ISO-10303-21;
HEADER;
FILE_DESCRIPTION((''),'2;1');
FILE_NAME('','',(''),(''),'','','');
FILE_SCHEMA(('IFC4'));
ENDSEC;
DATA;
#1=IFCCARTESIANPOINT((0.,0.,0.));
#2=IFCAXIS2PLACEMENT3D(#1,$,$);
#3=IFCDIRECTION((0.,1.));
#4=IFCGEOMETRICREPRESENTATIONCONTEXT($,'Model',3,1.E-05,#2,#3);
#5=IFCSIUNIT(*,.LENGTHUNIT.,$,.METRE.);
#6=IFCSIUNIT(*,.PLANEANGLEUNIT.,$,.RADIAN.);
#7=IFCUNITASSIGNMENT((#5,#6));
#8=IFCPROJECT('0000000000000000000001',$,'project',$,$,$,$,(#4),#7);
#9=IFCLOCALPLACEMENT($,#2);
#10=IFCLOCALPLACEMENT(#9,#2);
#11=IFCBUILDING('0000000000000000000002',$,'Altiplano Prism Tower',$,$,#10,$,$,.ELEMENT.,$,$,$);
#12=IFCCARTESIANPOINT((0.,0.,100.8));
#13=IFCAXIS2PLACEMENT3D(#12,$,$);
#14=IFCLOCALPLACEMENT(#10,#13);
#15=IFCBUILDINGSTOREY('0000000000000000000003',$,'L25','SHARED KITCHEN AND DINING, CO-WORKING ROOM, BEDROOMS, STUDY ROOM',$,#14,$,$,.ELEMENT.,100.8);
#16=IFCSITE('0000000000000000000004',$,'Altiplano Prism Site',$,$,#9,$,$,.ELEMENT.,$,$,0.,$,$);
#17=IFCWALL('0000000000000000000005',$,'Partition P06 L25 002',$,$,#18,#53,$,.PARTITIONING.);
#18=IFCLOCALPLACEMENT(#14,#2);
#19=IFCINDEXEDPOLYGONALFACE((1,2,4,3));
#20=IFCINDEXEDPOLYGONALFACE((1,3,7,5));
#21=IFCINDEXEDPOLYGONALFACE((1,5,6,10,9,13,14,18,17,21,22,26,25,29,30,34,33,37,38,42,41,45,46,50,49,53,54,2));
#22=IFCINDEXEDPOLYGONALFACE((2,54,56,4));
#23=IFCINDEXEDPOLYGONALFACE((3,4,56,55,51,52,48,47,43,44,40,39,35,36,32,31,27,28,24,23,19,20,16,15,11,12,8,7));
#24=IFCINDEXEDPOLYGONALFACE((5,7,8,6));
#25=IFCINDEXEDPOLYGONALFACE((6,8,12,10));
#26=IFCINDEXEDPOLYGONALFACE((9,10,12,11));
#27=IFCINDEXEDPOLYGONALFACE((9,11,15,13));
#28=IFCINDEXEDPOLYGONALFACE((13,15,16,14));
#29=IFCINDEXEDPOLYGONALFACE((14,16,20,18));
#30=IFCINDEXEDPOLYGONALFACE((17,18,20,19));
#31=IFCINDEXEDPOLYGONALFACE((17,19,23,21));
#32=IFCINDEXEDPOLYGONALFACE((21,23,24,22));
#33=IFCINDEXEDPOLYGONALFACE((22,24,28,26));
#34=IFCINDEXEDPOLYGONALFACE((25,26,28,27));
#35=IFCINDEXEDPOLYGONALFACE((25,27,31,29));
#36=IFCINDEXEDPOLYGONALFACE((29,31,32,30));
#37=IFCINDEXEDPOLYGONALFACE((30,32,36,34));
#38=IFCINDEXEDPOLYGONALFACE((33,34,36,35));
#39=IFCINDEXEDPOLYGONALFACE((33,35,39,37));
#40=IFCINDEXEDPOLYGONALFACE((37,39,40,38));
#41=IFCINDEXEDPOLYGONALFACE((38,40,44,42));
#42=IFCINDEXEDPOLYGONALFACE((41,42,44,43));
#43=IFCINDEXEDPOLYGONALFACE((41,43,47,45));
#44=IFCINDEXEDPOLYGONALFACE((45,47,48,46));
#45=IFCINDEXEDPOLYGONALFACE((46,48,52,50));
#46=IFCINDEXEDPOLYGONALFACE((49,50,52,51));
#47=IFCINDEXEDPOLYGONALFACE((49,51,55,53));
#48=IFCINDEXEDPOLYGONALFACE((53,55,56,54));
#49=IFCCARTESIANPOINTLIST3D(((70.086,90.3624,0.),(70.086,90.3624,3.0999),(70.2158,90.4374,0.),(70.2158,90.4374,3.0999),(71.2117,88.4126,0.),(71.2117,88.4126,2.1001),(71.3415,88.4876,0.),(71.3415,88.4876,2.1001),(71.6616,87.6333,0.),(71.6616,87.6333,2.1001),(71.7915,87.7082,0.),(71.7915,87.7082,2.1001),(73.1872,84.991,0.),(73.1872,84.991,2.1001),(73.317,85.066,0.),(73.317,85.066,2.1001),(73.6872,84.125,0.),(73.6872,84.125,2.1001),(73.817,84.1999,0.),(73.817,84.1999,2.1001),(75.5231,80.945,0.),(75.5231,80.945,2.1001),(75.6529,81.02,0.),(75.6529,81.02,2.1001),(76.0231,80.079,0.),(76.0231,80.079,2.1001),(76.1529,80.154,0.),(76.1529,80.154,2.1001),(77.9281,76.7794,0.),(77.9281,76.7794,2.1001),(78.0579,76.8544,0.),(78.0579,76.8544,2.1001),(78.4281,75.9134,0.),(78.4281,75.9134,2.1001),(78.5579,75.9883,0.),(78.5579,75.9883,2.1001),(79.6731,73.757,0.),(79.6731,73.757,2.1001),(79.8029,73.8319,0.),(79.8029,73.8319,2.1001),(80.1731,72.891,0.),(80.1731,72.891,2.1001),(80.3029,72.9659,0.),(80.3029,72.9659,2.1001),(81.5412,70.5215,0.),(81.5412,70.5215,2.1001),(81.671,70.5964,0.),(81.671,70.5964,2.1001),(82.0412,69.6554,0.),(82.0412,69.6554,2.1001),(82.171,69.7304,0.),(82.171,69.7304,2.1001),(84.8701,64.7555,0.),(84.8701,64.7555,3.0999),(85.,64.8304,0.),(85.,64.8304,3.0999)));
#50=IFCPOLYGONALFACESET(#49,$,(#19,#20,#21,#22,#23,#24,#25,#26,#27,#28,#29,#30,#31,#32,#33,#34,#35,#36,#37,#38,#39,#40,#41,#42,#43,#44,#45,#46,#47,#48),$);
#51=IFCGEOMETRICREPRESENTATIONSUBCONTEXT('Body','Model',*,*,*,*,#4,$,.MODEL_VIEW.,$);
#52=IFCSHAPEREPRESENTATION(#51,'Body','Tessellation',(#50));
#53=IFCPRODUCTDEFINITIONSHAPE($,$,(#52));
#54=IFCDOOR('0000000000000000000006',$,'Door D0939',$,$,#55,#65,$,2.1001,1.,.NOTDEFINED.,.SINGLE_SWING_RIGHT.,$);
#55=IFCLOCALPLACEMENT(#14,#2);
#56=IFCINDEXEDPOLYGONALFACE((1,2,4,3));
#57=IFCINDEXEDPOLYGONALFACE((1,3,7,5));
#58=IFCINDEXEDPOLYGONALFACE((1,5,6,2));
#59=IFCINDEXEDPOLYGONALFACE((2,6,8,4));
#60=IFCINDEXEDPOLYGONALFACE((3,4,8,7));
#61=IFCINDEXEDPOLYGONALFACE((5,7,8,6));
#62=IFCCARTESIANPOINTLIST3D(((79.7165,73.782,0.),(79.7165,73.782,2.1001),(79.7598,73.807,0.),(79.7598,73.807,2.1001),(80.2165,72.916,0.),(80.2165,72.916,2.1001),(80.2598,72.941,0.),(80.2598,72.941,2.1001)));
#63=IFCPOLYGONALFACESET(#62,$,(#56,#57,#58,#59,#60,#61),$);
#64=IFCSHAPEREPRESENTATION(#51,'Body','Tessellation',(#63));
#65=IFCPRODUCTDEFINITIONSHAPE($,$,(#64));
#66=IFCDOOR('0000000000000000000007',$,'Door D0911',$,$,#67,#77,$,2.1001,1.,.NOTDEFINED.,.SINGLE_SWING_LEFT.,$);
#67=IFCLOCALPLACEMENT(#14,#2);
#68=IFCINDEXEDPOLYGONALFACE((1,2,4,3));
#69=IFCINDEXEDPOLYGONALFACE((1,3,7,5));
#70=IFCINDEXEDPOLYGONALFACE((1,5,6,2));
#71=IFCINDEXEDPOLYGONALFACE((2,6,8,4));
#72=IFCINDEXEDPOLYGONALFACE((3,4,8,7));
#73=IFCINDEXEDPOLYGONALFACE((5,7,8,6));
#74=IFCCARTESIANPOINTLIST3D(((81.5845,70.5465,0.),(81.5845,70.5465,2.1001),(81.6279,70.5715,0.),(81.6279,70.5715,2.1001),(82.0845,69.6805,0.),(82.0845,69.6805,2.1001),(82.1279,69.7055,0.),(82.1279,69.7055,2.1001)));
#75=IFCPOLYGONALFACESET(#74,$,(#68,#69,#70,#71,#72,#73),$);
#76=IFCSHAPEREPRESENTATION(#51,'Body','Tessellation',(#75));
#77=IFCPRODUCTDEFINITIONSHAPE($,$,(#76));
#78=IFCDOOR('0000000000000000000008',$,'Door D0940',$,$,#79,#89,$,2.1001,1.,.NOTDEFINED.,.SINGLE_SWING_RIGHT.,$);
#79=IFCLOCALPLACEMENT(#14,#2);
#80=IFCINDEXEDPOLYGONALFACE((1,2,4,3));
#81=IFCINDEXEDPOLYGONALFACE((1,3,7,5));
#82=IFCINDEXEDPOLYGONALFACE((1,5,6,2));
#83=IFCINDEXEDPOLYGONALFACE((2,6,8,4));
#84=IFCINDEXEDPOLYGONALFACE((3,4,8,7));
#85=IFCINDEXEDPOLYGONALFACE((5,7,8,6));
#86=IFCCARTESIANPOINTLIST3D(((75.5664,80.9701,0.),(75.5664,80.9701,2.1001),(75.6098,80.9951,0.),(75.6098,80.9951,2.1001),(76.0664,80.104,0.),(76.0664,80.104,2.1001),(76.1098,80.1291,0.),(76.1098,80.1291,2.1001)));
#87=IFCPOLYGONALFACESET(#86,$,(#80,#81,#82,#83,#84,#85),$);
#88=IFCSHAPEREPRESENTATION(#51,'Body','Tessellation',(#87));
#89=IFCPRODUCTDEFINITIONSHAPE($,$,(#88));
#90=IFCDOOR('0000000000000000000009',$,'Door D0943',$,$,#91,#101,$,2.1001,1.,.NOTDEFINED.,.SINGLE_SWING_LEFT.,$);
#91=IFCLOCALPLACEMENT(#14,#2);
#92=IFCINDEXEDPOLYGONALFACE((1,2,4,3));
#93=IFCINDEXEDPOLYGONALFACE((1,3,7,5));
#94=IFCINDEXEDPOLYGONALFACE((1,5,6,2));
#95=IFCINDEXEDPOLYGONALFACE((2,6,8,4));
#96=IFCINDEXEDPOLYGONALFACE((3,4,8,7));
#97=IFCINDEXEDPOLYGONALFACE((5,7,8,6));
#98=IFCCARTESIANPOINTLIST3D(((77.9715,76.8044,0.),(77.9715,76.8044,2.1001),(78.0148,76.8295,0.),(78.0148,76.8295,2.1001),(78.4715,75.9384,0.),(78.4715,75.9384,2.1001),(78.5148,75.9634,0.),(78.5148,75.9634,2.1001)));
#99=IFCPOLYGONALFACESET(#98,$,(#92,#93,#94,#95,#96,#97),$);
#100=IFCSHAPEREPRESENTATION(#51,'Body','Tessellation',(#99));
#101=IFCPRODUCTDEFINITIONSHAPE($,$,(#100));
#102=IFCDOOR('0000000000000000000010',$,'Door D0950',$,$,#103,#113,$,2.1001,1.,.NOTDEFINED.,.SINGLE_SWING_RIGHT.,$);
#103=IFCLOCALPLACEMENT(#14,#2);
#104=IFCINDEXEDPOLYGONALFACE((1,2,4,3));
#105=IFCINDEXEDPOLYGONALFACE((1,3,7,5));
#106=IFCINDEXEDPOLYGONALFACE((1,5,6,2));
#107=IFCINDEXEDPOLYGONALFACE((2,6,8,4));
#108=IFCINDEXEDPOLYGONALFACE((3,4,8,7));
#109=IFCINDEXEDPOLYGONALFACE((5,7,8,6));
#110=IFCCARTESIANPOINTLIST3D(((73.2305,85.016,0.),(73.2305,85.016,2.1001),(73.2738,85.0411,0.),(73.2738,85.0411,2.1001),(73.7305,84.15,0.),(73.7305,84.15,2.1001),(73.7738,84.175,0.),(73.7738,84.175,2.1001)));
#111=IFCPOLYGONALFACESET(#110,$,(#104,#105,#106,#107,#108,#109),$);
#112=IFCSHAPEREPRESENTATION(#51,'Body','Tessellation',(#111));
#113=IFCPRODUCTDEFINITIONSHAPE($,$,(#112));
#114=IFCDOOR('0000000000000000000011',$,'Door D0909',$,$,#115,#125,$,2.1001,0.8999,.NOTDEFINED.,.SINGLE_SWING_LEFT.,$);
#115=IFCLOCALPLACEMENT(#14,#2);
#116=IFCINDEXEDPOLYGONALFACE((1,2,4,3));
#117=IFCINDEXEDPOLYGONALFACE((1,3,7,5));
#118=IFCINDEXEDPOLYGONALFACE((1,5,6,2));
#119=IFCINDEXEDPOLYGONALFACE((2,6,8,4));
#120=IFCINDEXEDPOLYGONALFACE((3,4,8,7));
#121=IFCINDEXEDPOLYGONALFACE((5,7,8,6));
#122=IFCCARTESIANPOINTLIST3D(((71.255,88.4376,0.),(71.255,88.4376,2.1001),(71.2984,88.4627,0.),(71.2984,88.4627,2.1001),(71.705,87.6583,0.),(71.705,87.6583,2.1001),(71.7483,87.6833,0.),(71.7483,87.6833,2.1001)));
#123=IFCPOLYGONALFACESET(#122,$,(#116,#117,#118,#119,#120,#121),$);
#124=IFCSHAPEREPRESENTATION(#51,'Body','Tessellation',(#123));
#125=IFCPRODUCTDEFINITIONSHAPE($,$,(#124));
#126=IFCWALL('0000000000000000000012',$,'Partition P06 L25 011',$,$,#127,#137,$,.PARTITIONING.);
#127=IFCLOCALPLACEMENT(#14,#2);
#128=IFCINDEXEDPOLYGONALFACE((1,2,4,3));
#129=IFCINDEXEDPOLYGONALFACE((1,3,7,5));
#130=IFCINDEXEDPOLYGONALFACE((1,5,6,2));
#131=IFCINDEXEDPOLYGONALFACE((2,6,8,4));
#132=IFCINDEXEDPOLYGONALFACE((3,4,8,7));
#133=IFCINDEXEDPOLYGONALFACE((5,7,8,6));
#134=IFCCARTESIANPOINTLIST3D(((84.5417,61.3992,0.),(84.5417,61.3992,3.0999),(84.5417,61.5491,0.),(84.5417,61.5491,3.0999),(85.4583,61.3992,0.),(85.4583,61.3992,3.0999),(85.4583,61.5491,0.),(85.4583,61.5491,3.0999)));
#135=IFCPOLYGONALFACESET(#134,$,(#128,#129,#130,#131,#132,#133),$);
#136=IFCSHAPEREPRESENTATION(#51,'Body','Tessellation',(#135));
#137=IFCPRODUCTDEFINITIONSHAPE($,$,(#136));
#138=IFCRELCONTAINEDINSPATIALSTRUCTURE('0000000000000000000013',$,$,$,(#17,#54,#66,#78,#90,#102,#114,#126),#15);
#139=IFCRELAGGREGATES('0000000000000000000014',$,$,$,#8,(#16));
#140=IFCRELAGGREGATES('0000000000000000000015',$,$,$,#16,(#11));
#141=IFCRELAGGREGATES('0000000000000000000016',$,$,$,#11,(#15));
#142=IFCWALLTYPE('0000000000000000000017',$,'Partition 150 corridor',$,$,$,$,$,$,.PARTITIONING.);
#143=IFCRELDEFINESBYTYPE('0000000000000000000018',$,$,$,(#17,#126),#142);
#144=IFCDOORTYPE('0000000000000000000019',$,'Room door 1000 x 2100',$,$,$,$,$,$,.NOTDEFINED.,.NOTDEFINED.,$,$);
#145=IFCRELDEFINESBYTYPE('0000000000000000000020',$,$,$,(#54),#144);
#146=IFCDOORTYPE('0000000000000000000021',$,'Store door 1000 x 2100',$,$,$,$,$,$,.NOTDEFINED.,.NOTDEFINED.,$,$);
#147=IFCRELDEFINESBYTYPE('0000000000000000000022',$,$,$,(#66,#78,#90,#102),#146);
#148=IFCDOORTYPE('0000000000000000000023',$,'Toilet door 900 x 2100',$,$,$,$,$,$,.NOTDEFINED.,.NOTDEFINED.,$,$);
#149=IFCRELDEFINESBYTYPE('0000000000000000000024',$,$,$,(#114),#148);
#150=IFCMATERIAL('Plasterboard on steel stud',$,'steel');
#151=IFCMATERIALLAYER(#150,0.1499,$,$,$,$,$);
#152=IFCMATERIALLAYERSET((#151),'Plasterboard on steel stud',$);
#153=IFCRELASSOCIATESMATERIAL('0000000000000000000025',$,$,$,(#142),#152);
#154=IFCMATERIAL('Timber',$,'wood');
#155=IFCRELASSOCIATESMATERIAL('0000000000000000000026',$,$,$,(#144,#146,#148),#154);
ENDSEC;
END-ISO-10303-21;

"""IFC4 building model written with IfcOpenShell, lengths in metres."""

from ifc_helpers import new_model, si_unit, direction, frame, frame_2d, origin, place, context, subcontext, project, spatial, rectangle, extrude, material, layer, layer_set, type_object, element, fill, save


model = new_model("IFC4")

# Units and contexts
model_context = context("Model", 3, precision=1e-05, world=origin(), true_north=direction((0.0, 1.0)))
body_context = subcontext(model_context, "Body", "Model", "MODEL_VIEW")
ifc_project = project(units=[si_unit("LENGTHUNIT", "METRE"), si_unit("PLANEANGLEUNIT", "RADIAN")], contexts=[model_context])

# Site, building, storey
site_placement = place(None, origin())
site = spatial("IfcSite", under=ifc_project, at=site_placement, Name="Altiplano Prism Site", CompositionType="ELEMENT", RefElevation=0.0)
building_placement = place(site_placement, origin())
building = spatial("IfcBuilding", under=site, at=building_placement, Name="Altiplano Prism Tower", CompositionType="ELEMENT")
storey_placement = place(building_placement, frame((0.0, 0.0, 100.8)))
storey = spatial("IfcBuildingStorey", under=building, at=storey_placement, Name="L25", Description="SHARED KITCHEN AND DINING, CO-WORKING ROOM, BEDROOMS, STUDY ROOM", CompositionType="ELEMENT", Elevation=100.8)

# Shared definitions
ifc_material_1 = material(Name="Plasterboard on steel stud", Category="steel")

# Wall, openings, doors
ifc_layer_1 = layer(ifc_material_1, 0.1499)
ifc_layer_set_1 = layer_set([ifc_layer_1], Name="Plasterboard on steel stud")
wall_type_1 = type_object("IfcWallType", Name="Partition 150 corridor", PredefinedType="PARTITIONING", material=ifc_layer_set_1)
wall_1_placement = place(storey_placement, frame((84.9351, 64.793, 0.0), z_axis=(0.0, 0.0, 1.0), x_axis=(-0.5, 0.866025, 0.0)))
wall_1 = element("IfcWall", 1, at=wall_1_placement, inside=storey, type_object=wall_type_1, Name="Partition P06 L25 002", PredefinedType="PARTITIONING", context=body_context, shape_type="SweptSolid", body=[
    extrude(rectangle(XDim=29.5684, YDim=0.1499, at=frame_2d((14.7842, 0.0))), origin(), (0.0, 0.0, 1.0), 3.0999),
])
opening_1_placement = place(wall_1_placement, frame((26.417, 0.0, 0.0)))
opening_1 = element("IfcOpeningElement", 2, at=opening_1_placement, cuts=wall_1, PredefinedType="OPENING", context=body_context, shape_type="SweptSolid", body=[
    extrude(rectangle(XDim=0.8999, YDim=2.1001, at=frame_2d((0.45, 1.05))), frame((0.0, 0.0854, 0.0), z_axis=(0.0, -1.0, 0.0), x_axis=(1.0, 0.0, 0.0)), (0.0, 0.0, 1.0), 0.1709),
])
opening_2_placement = place(wall_1_placement, frame((5.658, 0.0, 0.0)))
opening_2 = element("IfcOpeningElement", 3, at=opening_2_placement, cuts=wall_1, PredefinedType="OPENING", context=body_context, shape_type="SweptSolid", body=[
    extrude(rectangle(XDim=1.0, YDim=2.1001, at=frame_2d((0.5, 1.05))), frame((0.0, 0.0854, 0.0), z_axis=(0.0, -1.0, 0.0), x_axis=(1.0, 0.0, 0.0)), (0.0, 0.0, 1.0), 0.1709),
])
opening_3_placement = place(wall_1_placement, frame((9.394, 0.0, 0.0)))
opening_3 = element("IfcOpeningElement", 4, at=opening_3_placement, cuts=wall_1, PredefinedType="OPENING", context=body_context, shape_type="SweptSolid", body=[
    extrude(rectangle(XDim=1.0, YDim=2.1001, at=frame_2d((0.5, 1.05))), frame((0.0, 0.0854, 0.0), z_axis=(0.0, -1.0, 0.0), x_axis=(1.0, 0.0, 0.0)), (0.0, 0.0, 1.0), 0.1709),
])
opening_4_placement = place(wall_1_placement, frame((17.6941, 0.0, 0.0)))
opening_4 = element("IfcOpeningElement", 5, at=opening_4_placement, cuts=wall_1, PredefinedType="OPENING", context=body_context, shape_type="SweptSolid", body=[
    extrude(rectangle(XDim=1.0, YDim=2.1001, at=frame_2d((0.5, 1.05))), frame((0.0, 0.0854, 0.0), z_axis=(0.0, -1.0, 0.0), x_axis=(1.0, 0.0, 0.0)), (0.0, 0.0, 1.0), 0.1709),
])
opening_5_placement = place(wall_1_placement, frame((12.884, 0.0, 0.0)))
opening_5 = element("IfcOpeningElement", 6, at=opening_5_placement, cuts=wall_1, PredefinedType="OPENING", context=body_context, shape_type="SweptSolid", body=[
    extrude(rectangle(XDim=1.0, YDim=2.1001, at=frame_2d((0.5, 1.05))), frame((0.0, 0.0854, 0.0), z_axis=(0.0, -1.0, 0.0), x_axis=(1.0, 0.0, 0.0)), (0.0, 0.0, 1.0), 0.1709),
])
opening_6_placement = place(wall_1_placement, frame((22.366, 0.0, 0.0)))
opening_6 = element("IfcOpeningElement", 7, at=opening_6_placement, cuts=wall_1, PredefinedType="OPENING", context=body_context, shape_type="SweptSolid", body=[
    extrude(rectangle(XDim=1.0, YDim=2.1001, at=frame_2d((0.5, 1.05))), frame((0.0, 0.0854, 0.0), z_axis=(0.0, -1.0, 0.0), x_axis=(1.0, 0.0, 0.0)), (0.0, 0.0, 1.0), 0.1709),
])
ifc_material_2 = material(Name="Timber", Category="wood")
door_type_1 = type_object("IfcDoorType", Name="Room door 1000 x 2100", OperationType="NOTDEFINED", PredefinedType="NOTDEFINED", material=ifc_material_2)
door_1_placement = place(opening_3_placement, origin())
door_1 = element("IfcDoor", 8, at=door_1_placement, inside=storey, type_object=door_type_1, Name="Door D0939", OperationType="SINGLE_SWING_RIGHT", OverallHeight=2.1001, OverallWidth=1.0, PredefinedType="NOTDEFINED", context=body_context, shape_type="SweptSolid", body=[
    extrude(rectangle(XDim=1.0, YDim=2.1001, at=frame_2d((0.5, 1.05))), frame((0.0, 0.0249, 0.0), z_axis=(0.0, -1.0, 0.0), x_axis=(1.0, 0.0, 0.0)), (0.0, 0.0, 1.0), 0.05),
])
fill(opening_3, door_1)
door_type_2 = type_object("IfcDoorType", Name="Store door 1000 x 2100", OperationType="NOTDEFINED", PredefinedType="NOTDEFINED", material=ifc_material_2)
door_2_placement = place(opening_2_placement, origin())
door_2 = element("IfcDoor", 9, at=door_2_placement, inside=storey, type_object=door_type_2, Name="Door D0911", OperationType="SINGLE_SWING_LEFT", OverallHeight=2.1001, OverallWidth=1.0, PredefinedType="NOTDEFINED", context=body_context, shape_type="SweptSolid", body=[
    extrude(rectangle(XDim=1.0, YDim=2.1001, at=frame_2d((0.5, 1.05))), frame((0.0, 0.0249, 0.0), z_axis=(0.0, -1.0, 0.0), x_axis=(1.0, 0.0, 0.0)), (0.0, 0.0, 1.0), 0.05),
])
fill(opening_2, door_2)
door_3_placement = place(opening_4_placement, origin())
door_3 = element("IfcDoor", 10, at=door_3_placement, inside=storey, type_object=door_type_2, Name="Door D0940", OperationType="SINGLE_SWING_RIGHT", OverallHeight=2.1001, OverallWidth=1.0, PredefinedType="NOTDEFINED", context=body_context, shape_type="SweptSolid", body=[
    extrude(rectangle(XDim=1.0, YDim=2.1001, at=frame_2d((0.5, 1.05))), frame((0.0, 0.0249, 0.0), z_axis=(0.0, -1.0, 0.0), x_axis=(1.0, 0.0, 0.0)), (0.0, 0.0, 1.0), 0.05),
])
fill(opening_4, door_3)
door_4_placement = place(opening_5_placement, origin())
door_4 = element("IfcDoor", 11, at=door_4_placement, inside=storey, type_object=door_type_2, Name="Door D0943", OperationType="SINGLE_SWING_LEFT", OverallHeight=2.1001, OverallWidth=1.0, PredefinedType="NOTDEFINED", context=body_context, shape_type="SweptSolid", body=[
    extrude(rectangle(XDim=1.0, YDim=2.1001, at=frame_2d((0.5, 1.05))), frame((0.0, 0.0249, 0.0), z_axis=(0.0, -1.0, 0.0), x_axis=(1.0, 0.0, 0.0)), (0.0, 0.0, 1.0), 0.05),
])
fill(opening_5, door_4)
door_5_placement = place(opening_6_placement, origin())
door_5 = element("IfcDoor", 12, at=door_5_placement, inside=storey, type_object=door_type_2, Name="Door D0950", OperationType="SINGLE_SWING_RIGHT", OverallHeight=2.1001, OverallWidth=1.0, PredefinedType="NOTDEFINED", context=body_context, shape_type="SweptSolid", body=[
    extrude(rectangle(XDim=1.0, YDim=2.1001, at=frame_2d((0.5, 1.05))), frame((0.0, 0.0249, 0.0), z_axis=(0.0, -1.0, 0.0), x_axis=(1.0, 0.0, 0.0)), (0.0, 0.0, 1.0), 0.05),
])
fill(opening_6, door_5)
door_type_3 = type_object("IfcDoorType", Name="Toilet door 900 x 2100", OperationType="NOTDEFINED", PredefinedType="NOTDEFINED", material=ifc_material_2)
door_6_placement = place(opening_1_placement, origin())
door_6 = element("IfcDoor", 13, at=door_6_placement, inside=storey, type_object=door_type_3, Name="Door D0909", OperationType="SINGLE_SWING_LEFT", OverallHeight=2.1001, OverallWidth=0.8999, PredefinedType="NOTDEFINED", context=body_context, shape_type="SweptSolid", body=[
    extrude(rectangle(XDim=0.8999, YDim=2.1001, at=frame_2d((0.45, 1.05))), frame((0.0, 0.0249, 0.0), z_axis=(0.0, -1.0, 0.0), x_axis=(1.0, 0.0, 0.0)), (0.0, 0.0, 1.0), 0.05),
])
fill(opening_1, door_6)

# Wall
wall_2_placement = place(storey_placement, frame((84.5417, 61.4741, 0.0), z_axis=(0.0, 0.0, 1.0), x_axis=(1.0, 0.0, 0.0)))
element("IfcWall", 14, at=wall_2_placement, inside=storey, type_object=wall_type_1, Name="Partition P06 L25 011", PredefinedType="PARTITIONING", context=body_context, shape_type="SweptSolid", body=[
    extrude(rectangle(XDim=0.9165, YDim=0.1499, at=frame_2d((0.4583, 0.0))), origin(), (0.0, 0.0, 1.0), 3.0999),
])

save(model, "model.ifc")
